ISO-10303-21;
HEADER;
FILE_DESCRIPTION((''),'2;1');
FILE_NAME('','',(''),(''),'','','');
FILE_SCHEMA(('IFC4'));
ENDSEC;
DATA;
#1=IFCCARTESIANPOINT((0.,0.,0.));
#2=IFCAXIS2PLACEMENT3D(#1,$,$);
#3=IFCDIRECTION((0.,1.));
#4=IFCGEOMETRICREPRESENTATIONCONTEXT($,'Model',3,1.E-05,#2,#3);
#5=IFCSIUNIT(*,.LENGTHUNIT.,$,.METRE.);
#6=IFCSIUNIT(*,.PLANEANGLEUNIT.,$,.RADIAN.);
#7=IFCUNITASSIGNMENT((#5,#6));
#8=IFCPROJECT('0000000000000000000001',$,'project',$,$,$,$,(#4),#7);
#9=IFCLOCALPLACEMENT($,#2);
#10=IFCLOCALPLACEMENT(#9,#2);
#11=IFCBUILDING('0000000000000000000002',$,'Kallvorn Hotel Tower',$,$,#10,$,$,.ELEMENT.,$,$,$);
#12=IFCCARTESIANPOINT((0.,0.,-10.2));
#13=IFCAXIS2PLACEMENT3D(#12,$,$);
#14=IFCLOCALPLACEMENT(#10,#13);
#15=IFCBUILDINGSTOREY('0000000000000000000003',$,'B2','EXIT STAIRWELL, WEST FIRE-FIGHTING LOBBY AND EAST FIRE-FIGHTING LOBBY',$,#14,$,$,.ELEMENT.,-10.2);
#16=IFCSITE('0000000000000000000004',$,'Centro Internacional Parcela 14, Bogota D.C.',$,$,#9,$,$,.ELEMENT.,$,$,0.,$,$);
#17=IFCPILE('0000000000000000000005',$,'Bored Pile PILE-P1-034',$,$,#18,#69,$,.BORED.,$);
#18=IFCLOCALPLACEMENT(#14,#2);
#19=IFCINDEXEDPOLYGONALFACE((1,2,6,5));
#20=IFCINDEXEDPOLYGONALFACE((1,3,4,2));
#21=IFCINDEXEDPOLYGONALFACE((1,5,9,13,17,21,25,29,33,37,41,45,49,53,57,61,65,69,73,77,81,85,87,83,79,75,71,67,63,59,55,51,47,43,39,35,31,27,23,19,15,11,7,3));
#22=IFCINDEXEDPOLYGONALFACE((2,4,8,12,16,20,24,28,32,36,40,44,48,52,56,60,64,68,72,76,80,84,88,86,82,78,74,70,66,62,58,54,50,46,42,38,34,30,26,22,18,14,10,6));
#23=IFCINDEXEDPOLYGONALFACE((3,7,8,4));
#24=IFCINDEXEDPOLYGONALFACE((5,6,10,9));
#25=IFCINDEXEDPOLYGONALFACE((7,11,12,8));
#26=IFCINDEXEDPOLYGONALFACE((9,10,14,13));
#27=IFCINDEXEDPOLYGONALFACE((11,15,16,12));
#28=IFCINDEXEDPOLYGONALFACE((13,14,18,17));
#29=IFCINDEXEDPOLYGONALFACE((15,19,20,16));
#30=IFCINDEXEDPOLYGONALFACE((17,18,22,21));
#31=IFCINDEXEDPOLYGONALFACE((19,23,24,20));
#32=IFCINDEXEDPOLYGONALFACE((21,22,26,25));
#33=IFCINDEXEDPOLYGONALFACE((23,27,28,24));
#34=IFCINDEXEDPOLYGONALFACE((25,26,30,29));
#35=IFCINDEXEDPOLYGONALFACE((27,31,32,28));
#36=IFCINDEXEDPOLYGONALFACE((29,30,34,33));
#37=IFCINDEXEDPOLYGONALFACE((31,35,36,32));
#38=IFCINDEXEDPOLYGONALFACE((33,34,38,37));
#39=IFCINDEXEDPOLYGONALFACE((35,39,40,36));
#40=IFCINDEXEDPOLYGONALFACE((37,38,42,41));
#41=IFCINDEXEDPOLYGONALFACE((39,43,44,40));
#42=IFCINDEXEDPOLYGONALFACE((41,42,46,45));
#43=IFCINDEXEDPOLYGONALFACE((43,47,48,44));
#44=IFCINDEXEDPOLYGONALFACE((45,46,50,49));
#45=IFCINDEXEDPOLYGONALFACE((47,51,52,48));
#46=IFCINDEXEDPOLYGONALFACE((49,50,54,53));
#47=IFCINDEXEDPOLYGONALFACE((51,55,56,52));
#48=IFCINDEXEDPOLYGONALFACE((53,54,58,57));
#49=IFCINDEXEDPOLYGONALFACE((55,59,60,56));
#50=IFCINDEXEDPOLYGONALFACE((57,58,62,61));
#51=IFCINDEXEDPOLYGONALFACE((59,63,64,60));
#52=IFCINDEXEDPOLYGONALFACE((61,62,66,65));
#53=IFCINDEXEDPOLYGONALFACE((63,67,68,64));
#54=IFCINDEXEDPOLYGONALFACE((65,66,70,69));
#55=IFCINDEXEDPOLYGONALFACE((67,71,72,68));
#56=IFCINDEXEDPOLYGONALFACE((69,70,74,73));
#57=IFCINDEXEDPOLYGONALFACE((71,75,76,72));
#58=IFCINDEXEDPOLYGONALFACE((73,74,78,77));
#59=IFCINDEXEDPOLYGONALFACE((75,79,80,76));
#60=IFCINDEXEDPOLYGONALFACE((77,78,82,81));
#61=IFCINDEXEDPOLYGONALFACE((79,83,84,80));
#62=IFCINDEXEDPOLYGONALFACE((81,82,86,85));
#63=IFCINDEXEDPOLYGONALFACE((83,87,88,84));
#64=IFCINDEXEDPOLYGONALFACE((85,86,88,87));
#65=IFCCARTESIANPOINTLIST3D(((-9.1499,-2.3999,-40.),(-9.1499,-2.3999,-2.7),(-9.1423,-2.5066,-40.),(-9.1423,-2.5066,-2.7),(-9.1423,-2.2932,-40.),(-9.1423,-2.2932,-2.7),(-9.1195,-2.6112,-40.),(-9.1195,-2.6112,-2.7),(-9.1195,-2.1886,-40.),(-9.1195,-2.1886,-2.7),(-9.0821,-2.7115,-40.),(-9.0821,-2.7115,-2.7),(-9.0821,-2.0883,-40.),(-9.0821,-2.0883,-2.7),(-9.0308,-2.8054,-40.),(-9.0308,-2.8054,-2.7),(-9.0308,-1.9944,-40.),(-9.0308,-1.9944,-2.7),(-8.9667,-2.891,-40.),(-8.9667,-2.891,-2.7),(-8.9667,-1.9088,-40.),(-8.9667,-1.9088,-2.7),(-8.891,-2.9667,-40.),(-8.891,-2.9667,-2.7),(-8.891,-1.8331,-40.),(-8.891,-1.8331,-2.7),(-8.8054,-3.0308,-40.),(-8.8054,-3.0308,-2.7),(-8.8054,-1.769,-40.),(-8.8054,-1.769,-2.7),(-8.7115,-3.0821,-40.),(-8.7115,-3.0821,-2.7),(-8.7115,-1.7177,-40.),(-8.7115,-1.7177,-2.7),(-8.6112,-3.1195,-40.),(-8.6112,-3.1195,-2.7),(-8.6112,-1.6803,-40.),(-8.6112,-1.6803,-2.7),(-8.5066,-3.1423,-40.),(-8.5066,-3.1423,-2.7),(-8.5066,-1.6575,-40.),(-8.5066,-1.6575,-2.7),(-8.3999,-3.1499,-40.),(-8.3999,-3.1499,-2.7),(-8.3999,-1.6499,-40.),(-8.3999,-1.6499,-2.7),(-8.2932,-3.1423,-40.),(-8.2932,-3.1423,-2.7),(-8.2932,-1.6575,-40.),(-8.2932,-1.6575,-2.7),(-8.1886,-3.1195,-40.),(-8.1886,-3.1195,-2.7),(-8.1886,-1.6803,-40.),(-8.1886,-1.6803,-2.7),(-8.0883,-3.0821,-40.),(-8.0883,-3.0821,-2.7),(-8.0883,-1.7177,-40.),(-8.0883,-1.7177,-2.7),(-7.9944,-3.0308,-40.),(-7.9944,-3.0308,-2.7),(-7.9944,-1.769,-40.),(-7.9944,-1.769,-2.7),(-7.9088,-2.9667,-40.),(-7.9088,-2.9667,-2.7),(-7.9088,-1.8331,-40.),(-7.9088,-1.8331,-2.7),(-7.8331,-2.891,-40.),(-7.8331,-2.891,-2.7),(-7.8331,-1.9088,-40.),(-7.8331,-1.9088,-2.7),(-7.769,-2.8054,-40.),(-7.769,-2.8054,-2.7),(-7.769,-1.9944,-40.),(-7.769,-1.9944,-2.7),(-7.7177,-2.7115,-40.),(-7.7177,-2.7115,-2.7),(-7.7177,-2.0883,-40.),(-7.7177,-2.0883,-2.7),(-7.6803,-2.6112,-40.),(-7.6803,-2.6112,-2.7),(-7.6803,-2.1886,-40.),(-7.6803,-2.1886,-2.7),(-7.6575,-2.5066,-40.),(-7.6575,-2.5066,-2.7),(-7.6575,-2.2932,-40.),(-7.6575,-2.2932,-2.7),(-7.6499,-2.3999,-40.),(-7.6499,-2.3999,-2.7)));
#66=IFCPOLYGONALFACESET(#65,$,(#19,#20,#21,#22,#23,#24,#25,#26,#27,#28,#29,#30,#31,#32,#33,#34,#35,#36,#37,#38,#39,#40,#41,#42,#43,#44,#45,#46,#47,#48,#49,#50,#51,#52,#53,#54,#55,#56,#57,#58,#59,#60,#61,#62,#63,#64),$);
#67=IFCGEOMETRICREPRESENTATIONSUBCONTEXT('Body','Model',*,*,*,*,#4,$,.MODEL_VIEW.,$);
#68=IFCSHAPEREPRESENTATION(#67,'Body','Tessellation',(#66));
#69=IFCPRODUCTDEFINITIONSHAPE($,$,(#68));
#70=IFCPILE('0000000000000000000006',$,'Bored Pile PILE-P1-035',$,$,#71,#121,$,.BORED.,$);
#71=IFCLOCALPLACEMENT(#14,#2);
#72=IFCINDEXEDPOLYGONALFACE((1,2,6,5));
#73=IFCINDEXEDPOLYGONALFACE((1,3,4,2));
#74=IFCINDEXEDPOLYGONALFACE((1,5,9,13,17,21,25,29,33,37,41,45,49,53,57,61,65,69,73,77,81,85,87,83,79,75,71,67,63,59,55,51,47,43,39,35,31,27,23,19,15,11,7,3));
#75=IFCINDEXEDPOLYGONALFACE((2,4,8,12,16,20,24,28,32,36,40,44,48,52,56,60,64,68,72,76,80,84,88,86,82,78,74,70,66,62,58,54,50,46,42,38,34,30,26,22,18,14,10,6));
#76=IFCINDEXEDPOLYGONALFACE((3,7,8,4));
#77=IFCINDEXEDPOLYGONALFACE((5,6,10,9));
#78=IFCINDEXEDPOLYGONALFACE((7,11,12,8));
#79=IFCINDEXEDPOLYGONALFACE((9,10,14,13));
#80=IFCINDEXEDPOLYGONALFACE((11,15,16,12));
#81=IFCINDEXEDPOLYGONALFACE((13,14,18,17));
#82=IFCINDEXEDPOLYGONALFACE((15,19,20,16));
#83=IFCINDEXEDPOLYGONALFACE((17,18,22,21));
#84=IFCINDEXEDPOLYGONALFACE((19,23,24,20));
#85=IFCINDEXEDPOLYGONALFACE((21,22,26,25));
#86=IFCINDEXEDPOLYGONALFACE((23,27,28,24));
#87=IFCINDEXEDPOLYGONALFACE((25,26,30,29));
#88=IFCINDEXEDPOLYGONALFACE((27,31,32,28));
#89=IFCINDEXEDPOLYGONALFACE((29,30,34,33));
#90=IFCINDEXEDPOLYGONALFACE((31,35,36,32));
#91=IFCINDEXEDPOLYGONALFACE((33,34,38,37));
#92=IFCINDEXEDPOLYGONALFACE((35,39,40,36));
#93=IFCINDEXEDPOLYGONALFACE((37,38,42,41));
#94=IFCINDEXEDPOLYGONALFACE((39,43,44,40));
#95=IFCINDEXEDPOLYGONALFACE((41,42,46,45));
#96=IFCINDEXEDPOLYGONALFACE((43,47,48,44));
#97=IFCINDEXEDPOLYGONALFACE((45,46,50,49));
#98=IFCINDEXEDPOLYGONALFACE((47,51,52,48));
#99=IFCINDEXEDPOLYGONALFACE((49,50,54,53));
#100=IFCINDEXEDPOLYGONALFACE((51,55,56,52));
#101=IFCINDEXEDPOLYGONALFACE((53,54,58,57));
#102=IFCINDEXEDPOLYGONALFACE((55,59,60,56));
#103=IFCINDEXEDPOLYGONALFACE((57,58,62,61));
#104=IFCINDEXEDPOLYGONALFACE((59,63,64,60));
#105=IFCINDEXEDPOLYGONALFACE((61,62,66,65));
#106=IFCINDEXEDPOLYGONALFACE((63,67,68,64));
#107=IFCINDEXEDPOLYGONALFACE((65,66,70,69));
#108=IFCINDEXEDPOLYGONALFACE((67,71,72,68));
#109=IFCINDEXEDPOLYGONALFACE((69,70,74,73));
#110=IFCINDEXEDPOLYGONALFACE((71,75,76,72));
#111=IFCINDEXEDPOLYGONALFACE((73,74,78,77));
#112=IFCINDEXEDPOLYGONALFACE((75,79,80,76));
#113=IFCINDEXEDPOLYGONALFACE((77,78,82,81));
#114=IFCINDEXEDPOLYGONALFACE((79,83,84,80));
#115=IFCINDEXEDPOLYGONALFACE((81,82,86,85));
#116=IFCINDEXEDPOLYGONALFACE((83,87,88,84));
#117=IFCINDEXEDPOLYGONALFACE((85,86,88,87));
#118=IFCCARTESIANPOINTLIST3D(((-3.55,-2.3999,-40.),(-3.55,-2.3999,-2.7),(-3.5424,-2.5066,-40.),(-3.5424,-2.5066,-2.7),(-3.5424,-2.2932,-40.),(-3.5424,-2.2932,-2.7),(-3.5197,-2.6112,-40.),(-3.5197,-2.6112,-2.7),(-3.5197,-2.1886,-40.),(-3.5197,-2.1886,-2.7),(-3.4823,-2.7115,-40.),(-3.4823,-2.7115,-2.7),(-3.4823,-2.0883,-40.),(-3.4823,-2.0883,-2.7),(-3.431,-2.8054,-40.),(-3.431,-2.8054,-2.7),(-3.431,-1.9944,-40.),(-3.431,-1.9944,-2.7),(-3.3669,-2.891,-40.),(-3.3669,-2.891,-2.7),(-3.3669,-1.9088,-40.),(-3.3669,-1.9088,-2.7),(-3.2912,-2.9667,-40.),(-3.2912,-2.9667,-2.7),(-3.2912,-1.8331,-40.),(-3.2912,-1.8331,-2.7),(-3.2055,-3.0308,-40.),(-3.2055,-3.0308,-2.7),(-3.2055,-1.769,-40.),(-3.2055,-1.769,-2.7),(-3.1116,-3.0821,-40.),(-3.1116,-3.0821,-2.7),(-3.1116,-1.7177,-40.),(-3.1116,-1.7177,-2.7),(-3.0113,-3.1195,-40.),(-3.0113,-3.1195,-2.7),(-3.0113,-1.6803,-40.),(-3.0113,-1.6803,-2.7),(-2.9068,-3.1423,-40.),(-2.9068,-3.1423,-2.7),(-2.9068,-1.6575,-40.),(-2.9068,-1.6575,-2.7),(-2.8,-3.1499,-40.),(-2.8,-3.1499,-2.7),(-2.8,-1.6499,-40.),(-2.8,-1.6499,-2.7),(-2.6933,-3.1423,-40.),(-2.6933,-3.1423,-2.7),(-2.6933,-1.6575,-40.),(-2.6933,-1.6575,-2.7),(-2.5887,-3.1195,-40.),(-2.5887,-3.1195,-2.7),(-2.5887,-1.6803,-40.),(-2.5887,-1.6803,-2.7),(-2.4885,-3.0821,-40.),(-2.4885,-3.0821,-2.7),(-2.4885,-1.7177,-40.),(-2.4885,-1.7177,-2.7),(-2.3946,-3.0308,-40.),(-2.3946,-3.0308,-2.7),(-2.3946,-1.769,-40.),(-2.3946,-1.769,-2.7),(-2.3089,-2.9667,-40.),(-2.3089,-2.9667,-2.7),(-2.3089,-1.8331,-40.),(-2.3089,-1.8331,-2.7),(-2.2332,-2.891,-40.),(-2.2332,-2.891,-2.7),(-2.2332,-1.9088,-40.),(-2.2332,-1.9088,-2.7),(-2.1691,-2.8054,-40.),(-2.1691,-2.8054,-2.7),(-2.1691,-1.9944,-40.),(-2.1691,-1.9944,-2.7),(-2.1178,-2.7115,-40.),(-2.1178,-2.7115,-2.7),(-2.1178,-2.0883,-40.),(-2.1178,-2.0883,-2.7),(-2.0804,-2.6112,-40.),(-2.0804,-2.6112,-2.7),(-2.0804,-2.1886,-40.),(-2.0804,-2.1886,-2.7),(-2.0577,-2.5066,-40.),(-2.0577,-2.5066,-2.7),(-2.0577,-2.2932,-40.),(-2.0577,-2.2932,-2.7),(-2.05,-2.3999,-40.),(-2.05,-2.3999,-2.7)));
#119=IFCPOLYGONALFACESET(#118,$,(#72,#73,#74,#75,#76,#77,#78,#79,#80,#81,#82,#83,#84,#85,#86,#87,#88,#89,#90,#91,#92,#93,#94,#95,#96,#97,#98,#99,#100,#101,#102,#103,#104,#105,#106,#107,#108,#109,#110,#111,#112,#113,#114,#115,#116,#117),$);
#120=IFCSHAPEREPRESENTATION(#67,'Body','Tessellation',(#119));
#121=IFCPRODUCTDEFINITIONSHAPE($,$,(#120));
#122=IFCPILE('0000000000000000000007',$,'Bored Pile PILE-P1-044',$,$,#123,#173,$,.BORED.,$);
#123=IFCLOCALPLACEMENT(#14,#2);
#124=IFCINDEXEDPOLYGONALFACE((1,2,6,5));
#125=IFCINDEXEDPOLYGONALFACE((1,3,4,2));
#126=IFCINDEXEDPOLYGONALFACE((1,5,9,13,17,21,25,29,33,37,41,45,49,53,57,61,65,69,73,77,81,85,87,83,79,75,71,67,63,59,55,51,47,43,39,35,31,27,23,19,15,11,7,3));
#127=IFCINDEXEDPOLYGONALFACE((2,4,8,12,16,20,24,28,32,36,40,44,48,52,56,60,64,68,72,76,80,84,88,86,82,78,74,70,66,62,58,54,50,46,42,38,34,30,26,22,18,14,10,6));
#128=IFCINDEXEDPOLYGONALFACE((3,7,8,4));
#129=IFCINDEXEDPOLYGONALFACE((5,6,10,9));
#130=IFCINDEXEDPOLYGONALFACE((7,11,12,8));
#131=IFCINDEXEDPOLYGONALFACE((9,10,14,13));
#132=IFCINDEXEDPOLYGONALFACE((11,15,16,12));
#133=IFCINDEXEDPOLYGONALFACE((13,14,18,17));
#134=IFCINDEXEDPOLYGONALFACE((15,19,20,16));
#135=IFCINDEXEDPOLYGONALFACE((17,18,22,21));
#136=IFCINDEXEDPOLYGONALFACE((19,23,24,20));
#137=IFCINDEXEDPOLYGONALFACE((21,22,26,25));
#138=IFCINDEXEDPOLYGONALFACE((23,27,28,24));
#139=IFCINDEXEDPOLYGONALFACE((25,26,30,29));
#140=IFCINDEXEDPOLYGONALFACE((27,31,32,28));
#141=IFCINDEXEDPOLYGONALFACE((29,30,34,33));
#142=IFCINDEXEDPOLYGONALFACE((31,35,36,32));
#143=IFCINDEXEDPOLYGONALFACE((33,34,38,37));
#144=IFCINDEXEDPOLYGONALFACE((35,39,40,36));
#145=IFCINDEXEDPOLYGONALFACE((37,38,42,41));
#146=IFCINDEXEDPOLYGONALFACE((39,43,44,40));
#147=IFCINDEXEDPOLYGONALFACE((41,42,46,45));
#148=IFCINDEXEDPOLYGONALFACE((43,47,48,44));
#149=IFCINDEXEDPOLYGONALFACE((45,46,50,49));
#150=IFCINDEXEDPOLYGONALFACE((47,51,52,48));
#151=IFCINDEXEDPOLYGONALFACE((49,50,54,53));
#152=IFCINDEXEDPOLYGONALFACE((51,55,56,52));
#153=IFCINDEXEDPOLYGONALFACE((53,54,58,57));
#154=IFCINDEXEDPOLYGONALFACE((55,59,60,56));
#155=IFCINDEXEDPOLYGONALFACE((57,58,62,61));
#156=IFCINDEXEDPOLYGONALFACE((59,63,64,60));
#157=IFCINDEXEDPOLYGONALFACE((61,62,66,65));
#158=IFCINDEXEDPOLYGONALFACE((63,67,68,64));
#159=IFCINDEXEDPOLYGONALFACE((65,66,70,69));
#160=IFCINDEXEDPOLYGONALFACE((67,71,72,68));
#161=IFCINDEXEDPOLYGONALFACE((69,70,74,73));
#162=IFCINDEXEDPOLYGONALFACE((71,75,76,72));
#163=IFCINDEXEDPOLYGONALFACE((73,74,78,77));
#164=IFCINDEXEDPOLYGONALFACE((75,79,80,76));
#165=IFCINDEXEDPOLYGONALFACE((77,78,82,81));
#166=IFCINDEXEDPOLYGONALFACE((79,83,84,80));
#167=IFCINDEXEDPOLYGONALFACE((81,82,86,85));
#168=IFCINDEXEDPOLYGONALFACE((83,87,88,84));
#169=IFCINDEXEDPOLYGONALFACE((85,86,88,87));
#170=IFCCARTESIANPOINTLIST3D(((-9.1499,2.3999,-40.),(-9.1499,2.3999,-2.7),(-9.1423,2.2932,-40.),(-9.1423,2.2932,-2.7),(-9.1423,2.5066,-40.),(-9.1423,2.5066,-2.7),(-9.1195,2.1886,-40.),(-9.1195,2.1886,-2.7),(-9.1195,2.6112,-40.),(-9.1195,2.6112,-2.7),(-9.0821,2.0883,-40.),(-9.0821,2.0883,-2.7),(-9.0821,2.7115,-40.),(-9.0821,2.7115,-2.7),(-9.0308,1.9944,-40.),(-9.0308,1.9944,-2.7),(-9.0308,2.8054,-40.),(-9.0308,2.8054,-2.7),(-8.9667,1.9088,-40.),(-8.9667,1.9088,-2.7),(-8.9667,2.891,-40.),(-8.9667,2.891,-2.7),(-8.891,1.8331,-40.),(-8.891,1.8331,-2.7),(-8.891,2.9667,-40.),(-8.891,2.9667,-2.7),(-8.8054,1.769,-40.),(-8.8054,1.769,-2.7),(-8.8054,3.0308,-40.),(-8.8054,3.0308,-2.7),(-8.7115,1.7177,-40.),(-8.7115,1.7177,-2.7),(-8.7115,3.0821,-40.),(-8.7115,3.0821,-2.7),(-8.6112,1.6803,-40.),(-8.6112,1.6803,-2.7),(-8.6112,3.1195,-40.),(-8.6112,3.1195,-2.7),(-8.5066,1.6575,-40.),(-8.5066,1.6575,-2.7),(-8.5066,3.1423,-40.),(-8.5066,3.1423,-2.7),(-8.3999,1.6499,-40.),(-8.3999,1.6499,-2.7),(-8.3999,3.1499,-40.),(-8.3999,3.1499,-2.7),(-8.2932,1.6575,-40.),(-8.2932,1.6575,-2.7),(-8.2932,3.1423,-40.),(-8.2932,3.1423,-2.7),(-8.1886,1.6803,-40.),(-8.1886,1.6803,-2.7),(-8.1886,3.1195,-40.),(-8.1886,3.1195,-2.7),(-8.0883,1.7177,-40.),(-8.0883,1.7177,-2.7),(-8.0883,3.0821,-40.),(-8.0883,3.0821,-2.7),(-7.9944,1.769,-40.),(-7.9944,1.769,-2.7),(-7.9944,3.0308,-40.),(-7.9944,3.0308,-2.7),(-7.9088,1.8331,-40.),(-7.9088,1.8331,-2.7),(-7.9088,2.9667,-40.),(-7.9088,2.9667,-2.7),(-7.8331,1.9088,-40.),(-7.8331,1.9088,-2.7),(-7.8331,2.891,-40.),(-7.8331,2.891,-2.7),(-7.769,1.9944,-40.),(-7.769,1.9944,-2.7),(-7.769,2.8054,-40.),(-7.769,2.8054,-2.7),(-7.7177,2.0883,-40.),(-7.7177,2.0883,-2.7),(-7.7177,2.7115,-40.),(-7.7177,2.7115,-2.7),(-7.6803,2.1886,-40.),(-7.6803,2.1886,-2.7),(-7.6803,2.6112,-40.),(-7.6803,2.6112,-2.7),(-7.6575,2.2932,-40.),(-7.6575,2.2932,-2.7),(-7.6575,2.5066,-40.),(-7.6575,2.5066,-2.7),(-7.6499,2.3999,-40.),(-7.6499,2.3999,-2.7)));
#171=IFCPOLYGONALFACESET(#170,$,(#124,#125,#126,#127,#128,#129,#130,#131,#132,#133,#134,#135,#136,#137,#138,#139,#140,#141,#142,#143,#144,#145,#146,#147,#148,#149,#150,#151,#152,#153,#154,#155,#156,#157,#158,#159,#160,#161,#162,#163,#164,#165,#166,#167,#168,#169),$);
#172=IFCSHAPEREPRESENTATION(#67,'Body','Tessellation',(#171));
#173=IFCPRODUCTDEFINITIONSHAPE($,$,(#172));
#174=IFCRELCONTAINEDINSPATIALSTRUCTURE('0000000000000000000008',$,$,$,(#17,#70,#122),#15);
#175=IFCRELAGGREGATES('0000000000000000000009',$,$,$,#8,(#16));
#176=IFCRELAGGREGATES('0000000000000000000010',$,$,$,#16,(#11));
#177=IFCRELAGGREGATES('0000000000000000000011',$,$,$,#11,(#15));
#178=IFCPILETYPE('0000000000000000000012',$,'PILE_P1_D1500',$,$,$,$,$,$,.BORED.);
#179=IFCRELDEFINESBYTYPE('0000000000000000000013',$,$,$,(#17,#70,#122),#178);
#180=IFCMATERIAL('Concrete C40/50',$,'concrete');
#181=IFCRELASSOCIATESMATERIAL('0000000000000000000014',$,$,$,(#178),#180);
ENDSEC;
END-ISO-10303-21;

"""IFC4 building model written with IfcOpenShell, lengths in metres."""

from ifc_helpers import new_model, si_unit, direction, frame, origin, origin_2d, place, context, subcontext, project, spatial, circle, extrude, material, material_profile, profile_set, type_object, element, save


model = new_model("IFC4")

# Units and contexts
model_context = context("Model", 3, precision=1e-05, world=origin(), true_north=direction((0.0, 1.0)))
body_context = subcontext(model_context, "Body", "Model", "MODEL_VIEW")
ifc_project = project(units=[si_unit("LENGTHUNIT", "METRE"), si_unit("PLANEANGLEUNIT", "RADIAN")], contexts=[model_context])

# Site, building, storey
site_placement = place(None, origin())
site = spatial("IfcSite", under=ifc_project, at=site_placement, Name="Centro Internacional Parcela 14, Bogota D.C.", CompositionType="ELEMENT", RefElevation=0.0)
building_placement = place(site_placement, origin())
building = spatial("IfcBuilding", under=site, at=building_placement, Name="Kallvorn Hotel Tower", CompositionType="ELEMENT")
storey_placement = place(building_placement, frame((0.0, 0.0, -10.2)))
storey = spatial("IfcBuildingStorey", under=building, at=storey_placement, Name="B2", Description="EXIT STAIRWELL, WEST FIRE-FIGHTING LOBBY AND EAST FIRE-FIGHTING LOBBY", CompositionType="ELEMENT", Elevation=-10.2)

# Piles
ifc_material_1 = material(Name="Concrete C40/50", Category="concrete")
ifc_material_profile_1 = material_profile(ifc_material_1, circle(Radius=0.75, at=origin_2d()), Name="PILE D1500")
ifc_profile_set_1 = profile_set([ifc_material_profile_1], Name="Concrete C40/50")
pile_type = type_object("IfcPileType", Name="PILE_P1_D1500", PredefinedType="BORED", material=ifc_profile_set_1)
for number, where, z_axis, x_axis, name in (
    (1, (-8.3999, -2.3999, -2.7), (0.0, 0.0, -1.0), (1.0, 0.0, 0.0), "Bored Pile PILE-P1-034"),
    (2, (-2.8, -2.3999, -2.7), (0.0, 0.0, -1.0), (1.0, 0.0, 0.0), "Bored Pile PILE-P1-035"),
    (3, (-8.3999, 2.3999, -2.7), (0.0, 0.0, -1.0), (1.0, 0.0, 0.0), "Bored Pile PILE-P1-044"),
):
    element("IfcPile", number, at=place(storey_placement, frame(where, z_axis=z_axis, x_axis=x_axis)), inside=storey, type_object=pile_type, Name=name, PredefinedType="BORED", context=body_context, shape_type="SweptSolid", body=[
        extrude(circle(Radius=0.75, at=origin_2d()), origin(), (0.0, 0.0, 1.0), 37.3),
    ])

save(model, "model.ifc")
